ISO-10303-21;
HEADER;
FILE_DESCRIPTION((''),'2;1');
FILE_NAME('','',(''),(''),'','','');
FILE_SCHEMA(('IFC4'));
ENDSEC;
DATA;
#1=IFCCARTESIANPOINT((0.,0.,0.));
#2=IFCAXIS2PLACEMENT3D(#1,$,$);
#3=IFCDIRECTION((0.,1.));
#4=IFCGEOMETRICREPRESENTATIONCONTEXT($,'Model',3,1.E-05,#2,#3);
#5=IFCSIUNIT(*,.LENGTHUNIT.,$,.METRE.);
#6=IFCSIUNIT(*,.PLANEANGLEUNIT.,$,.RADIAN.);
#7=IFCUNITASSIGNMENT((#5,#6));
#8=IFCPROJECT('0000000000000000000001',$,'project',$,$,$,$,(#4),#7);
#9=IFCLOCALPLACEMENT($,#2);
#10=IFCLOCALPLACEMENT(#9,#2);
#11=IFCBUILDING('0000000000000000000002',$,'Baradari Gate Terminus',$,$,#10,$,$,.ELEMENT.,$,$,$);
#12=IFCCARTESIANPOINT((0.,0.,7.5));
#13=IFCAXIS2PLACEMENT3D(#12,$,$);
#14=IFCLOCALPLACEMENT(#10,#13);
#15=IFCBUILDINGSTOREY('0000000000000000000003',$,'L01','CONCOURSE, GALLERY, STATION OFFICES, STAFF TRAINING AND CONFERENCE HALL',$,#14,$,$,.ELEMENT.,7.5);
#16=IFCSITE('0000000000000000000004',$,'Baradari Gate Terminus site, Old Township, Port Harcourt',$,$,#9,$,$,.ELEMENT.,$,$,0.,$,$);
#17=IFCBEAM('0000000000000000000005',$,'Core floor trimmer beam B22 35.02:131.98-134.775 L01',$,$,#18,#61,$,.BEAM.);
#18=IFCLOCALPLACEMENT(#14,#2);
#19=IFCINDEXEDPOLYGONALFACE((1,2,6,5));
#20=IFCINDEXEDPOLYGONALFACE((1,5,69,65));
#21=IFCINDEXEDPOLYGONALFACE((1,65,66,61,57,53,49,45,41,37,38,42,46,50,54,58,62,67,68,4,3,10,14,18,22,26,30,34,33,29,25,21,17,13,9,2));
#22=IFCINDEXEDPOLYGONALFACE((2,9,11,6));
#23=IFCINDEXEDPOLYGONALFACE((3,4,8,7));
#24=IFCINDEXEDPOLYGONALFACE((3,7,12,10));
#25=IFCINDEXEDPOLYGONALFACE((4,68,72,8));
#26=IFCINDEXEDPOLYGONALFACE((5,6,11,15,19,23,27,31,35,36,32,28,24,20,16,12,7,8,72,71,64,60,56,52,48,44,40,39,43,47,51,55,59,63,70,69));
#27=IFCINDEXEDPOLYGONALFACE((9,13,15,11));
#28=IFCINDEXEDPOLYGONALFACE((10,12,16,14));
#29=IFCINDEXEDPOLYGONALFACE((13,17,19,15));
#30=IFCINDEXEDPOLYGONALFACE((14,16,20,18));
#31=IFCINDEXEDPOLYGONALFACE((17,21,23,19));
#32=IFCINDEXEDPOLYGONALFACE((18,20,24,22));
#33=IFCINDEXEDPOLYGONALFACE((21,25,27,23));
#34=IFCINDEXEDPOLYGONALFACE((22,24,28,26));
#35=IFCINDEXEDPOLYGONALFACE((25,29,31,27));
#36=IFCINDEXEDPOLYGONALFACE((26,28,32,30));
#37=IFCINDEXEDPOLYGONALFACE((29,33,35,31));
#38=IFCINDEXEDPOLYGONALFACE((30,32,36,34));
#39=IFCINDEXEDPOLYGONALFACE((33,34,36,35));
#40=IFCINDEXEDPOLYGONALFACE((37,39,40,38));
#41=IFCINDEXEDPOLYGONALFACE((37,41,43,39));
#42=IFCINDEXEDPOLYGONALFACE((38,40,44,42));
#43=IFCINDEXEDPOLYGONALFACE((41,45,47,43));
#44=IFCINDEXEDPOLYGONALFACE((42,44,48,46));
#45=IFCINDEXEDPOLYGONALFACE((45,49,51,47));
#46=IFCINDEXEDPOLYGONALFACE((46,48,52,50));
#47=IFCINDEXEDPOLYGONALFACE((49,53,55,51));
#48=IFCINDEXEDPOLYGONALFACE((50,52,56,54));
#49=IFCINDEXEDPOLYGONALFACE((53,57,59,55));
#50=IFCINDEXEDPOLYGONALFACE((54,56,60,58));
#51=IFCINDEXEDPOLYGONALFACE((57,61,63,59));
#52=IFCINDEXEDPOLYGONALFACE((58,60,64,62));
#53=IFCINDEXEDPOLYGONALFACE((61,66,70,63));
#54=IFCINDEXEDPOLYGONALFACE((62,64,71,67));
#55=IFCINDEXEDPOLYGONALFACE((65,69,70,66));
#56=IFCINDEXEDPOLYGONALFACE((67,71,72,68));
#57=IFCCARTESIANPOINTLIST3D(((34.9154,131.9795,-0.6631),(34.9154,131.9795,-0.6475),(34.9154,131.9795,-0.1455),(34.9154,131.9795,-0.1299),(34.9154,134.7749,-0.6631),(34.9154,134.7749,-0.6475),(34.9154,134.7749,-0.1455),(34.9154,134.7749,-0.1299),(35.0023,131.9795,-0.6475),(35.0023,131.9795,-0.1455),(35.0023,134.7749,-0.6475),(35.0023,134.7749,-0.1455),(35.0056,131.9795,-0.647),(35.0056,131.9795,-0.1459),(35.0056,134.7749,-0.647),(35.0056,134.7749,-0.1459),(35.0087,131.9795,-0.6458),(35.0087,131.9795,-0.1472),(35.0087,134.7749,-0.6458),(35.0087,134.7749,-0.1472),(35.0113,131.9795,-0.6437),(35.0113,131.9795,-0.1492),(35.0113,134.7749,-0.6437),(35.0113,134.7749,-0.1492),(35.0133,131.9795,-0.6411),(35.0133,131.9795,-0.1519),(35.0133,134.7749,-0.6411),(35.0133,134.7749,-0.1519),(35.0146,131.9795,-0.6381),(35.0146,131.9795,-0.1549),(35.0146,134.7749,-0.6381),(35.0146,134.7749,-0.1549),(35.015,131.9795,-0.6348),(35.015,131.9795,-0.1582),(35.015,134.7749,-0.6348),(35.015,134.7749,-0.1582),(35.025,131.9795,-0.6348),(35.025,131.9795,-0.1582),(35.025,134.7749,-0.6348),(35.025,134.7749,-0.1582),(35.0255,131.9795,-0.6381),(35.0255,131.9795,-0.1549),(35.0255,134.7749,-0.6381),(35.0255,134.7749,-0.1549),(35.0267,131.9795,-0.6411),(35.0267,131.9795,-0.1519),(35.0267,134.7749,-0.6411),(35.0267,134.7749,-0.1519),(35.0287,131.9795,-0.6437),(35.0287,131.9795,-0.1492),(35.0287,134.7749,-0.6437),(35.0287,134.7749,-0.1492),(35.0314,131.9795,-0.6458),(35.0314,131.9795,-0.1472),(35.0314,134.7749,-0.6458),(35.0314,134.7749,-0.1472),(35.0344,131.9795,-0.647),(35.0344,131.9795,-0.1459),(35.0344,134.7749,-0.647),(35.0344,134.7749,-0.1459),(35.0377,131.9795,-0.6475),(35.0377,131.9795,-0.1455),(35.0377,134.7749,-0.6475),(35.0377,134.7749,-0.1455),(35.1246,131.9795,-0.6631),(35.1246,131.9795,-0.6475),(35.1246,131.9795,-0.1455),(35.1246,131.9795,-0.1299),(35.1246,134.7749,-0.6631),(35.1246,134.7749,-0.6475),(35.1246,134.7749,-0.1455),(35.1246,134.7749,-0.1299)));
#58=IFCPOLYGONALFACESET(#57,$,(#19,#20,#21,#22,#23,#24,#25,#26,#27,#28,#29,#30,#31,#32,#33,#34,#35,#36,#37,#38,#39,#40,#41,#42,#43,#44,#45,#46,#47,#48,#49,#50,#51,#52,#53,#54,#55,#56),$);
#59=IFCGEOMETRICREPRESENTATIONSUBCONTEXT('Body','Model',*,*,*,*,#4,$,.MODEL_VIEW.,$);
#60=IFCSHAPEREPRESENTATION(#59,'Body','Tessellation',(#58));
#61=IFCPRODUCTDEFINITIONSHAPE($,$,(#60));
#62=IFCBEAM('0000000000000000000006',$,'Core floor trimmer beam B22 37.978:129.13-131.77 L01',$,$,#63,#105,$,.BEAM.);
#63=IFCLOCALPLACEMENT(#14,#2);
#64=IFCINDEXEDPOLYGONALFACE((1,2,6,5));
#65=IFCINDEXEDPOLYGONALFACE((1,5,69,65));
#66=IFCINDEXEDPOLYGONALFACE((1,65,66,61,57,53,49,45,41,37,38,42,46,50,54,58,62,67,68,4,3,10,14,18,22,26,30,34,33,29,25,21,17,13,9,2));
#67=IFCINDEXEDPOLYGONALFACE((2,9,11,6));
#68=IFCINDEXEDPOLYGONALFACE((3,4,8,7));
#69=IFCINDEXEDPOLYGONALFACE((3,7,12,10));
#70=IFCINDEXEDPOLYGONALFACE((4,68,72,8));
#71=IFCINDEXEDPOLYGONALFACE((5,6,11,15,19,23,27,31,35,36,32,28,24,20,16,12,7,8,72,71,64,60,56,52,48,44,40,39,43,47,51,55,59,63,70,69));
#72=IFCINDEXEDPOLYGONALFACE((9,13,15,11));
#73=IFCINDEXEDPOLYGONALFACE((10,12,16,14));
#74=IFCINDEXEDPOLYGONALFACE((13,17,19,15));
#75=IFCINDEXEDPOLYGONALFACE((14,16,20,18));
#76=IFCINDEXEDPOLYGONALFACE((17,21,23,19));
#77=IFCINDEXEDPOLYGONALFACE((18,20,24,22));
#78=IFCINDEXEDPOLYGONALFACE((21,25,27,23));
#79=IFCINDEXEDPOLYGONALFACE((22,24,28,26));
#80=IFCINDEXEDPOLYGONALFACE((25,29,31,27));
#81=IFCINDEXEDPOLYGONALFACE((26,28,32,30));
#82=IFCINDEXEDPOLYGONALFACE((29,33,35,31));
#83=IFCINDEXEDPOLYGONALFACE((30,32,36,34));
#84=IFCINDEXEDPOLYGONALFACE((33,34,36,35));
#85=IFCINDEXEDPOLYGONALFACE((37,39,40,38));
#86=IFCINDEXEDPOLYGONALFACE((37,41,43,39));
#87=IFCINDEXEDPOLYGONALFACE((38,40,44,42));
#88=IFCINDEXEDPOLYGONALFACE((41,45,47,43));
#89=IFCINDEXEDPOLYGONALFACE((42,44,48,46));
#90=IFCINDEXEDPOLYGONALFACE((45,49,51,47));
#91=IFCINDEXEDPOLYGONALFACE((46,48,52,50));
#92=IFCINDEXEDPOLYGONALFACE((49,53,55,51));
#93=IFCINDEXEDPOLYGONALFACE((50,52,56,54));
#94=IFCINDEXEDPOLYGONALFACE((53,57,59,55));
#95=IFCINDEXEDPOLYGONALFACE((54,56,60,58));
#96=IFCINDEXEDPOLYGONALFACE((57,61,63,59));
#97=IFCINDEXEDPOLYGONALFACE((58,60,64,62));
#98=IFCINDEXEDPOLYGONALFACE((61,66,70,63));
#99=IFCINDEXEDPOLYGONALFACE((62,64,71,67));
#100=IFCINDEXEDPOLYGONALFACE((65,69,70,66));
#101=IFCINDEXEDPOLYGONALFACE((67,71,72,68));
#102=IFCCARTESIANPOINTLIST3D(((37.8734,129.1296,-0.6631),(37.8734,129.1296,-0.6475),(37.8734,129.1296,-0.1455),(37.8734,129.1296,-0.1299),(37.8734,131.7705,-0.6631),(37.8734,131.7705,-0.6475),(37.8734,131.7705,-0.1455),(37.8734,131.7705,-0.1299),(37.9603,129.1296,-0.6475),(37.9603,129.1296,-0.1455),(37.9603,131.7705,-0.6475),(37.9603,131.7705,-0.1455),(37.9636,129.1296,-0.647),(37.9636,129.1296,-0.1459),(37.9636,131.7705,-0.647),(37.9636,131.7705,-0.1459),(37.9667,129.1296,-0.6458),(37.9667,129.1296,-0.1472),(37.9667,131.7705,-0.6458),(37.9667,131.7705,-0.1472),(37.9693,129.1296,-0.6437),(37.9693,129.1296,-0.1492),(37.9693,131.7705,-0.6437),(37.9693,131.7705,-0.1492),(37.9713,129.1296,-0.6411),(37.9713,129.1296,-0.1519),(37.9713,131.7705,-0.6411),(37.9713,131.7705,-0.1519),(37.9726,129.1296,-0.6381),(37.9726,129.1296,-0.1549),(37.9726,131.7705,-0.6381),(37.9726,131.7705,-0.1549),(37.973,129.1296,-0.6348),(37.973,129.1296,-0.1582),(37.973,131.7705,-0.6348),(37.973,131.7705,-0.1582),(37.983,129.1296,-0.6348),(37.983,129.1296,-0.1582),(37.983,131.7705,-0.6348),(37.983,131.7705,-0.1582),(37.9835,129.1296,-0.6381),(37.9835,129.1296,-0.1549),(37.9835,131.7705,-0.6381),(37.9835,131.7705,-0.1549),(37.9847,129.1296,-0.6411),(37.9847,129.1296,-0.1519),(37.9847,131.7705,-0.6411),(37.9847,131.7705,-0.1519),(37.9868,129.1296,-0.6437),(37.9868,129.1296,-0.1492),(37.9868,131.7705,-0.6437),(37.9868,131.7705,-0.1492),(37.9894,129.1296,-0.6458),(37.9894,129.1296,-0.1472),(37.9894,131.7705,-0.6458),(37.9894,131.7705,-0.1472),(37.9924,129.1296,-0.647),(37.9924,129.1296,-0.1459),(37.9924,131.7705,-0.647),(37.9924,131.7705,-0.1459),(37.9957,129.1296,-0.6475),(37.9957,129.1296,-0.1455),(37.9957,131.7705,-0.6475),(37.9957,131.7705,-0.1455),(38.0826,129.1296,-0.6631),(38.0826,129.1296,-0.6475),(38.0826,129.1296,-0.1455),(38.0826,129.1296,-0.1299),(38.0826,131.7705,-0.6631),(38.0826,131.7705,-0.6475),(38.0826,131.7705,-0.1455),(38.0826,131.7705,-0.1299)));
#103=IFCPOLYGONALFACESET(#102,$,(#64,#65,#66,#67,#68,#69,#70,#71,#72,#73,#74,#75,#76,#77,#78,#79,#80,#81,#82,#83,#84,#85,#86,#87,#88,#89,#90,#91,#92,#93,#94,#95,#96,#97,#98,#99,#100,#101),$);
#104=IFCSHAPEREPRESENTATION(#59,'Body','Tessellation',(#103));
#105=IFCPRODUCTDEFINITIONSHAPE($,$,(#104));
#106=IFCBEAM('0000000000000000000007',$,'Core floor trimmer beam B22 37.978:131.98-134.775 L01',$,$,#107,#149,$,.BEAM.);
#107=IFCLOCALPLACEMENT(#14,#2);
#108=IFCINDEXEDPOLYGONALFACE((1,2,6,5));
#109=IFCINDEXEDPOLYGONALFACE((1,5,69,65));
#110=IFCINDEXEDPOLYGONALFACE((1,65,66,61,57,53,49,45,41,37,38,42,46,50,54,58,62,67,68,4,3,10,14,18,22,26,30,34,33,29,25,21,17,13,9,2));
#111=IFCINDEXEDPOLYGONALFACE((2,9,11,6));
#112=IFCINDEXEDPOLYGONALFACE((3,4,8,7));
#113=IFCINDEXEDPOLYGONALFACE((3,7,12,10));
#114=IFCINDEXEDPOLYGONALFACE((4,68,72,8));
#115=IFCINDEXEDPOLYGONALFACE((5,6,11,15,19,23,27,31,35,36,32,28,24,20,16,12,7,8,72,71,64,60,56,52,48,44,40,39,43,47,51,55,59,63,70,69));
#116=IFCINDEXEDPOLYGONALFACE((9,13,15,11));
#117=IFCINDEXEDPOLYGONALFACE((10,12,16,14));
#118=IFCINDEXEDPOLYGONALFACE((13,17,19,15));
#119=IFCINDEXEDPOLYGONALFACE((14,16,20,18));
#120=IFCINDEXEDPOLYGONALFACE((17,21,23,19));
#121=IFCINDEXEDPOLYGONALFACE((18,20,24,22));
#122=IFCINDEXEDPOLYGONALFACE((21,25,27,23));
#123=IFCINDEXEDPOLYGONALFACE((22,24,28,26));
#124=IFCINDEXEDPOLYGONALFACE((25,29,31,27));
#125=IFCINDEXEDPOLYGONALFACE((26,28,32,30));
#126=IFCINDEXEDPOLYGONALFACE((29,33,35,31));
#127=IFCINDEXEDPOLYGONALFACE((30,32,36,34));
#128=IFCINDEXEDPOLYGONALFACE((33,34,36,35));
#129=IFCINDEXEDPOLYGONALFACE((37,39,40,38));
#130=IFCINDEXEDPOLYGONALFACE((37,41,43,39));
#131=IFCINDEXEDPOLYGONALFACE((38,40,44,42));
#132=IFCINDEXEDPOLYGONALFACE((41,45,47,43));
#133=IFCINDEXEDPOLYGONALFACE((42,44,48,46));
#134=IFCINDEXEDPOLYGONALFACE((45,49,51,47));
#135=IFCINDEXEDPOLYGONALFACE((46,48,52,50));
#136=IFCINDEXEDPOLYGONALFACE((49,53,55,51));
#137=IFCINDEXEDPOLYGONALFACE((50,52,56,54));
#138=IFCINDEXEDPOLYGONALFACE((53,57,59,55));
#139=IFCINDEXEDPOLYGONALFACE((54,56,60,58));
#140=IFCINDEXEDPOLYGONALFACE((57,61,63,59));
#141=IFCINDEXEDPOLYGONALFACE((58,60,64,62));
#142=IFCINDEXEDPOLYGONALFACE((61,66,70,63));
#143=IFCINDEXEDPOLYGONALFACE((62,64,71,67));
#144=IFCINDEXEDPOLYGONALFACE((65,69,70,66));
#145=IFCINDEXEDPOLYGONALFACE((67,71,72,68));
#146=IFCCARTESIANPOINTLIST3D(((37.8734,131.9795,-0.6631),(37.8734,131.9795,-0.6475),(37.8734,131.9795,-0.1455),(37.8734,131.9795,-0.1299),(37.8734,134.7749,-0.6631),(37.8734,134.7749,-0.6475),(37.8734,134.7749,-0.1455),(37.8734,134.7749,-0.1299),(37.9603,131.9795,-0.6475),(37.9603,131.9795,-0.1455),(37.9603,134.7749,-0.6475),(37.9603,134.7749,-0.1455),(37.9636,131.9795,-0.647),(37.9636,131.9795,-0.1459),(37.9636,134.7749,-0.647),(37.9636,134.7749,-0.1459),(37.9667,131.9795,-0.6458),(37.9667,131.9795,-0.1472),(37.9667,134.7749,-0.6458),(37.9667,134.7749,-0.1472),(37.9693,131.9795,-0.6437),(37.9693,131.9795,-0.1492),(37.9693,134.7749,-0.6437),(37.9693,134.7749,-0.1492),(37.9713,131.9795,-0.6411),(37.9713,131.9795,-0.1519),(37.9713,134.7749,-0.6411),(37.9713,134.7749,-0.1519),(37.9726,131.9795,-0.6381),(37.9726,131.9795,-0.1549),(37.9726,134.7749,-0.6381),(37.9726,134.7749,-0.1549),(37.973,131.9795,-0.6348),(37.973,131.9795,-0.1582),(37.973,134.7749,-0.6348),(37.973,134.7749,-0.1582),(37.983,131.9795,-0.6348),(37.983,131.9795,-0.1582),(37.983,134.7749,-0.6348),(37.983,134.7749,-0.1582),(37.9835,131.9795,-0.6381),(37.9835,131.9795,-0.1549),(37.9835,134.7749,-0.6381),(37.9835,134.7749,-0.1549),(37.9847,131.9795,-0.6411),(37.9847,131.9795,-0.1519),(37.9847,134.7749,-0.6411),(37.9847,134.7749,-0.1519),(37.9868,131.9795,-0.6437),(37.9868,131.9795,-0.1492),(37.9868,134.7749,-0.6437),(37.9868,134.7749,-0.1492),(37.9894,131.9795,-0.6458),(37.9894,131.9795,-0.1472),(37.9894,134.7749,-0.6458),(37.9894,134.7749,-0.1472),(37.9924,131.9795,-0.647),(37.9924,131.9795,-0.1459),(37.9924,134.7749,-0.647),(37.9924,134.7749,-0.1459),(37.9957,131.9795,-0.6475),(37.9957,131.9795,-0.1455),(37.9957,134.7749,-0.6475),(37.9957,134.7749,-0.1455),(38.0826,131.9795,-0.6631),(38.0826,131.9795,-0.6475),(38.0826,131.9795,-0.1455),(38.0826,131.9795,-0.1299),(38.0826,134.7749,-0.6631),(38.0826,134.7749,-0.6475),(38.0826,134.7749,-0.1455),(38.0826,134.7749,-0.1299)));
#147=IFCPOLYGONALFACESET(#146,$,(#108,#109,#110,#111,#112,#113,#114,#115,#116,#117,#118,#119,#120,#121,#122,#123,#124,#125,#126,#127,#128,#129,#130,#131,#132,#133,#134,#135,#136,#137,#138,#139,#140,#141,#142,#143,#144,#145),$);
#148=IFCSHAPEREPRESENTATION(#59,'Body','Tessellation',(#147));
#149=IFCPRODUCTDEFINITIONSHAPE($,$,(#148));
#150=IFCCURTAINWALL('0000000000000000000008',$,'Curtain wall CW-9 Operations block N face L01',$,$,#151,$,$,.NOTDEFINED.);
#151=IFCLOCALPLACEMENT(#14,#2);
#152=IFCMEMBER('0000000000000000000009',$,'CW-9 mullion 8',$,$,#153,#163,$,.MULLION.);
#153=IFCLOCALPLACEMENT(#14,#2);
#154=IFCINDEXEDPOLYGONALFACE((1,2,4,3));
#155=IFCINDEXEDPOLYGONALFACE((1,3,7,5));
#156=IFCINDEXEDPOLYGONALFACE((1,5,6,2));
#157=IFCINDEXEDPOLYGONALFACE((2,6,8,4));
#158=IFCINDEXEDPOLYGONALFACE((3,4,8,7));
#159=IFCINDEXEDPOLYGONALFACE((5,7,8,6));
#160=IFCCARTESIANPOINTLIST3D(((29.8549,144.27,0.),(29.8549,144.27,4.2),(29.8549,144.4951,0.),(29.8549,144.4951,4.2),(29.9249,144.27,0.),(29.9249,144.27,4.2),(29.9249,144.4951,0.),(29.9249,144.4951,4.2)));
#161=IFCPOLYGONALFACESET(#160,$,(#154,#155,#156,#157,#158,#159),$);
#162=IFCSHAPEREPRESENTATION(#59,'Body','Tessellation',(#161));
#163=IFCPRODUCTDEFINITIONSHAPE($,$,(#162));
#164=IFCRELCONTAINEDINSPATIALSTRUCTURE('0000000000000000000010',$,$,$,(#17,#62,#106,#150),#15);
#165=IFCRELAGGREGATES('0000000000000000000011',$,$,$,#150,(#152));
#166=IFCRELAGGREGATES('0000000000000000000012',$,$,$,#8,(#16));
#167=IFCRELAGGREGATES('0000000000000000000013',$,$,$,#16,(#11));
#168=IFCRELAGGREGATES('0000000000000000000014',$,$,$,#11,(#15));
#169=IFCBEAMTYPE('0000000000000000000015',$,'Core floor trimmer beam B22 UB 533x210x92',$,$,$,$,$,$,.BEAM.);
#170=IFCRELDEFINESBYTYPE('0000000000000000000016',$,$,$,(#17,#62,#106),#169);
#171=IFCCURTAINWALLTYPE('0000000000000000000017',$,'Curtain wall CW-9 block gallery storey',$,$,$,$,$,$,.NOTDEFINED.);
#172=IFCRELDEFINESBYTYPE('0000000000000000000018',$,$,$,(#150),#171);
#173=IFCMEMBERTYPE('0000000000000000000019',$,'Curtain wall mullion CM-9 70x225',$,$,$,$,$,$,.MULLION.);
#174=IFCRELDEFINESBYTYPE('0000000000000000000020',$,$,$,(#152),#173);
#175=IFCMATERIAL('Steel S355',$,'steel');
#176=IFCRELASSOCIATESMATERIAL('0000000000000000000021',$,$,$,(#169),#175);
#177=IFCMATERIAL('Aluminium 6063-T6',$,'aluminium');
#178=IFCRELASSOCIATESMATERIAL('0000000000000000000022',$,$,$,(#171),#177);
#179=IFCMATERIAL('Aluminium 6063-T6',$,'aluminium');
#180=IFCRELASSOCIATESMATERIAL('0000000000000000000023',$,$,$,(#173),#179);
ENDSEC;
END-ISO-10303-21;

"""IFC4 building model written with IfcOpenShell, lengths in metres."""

from ifc_helpers import new_model, si_unit, direction, frame, origin, origin_2d, place, context, subcontext, project, spatial, rectangle, i_section, extrude, material, material_profile, profile_set, type_object, element, aggregate, save


model = new_model("IFC4")

# Units and contexts
model_context = context("Model", 3, precision=1e-05, world=origin(), true_north=direction((0.0, 1.0)))
body_context = subcontext(model_context, "Body", "Model", "MODEL_VIEW")
ifc_project = project(units=[si_unit("LENGTHUNIT", "METRE"), si_unit("PLANEANGLEUNIT", "RADIAN")], contexts=[model_context])

# Site, building, storey
site_placement = place(None, origin())
site = spatial("IfcSite", under=ifc_project, at=site_placement, Name="Baradari Gate Terminus site, Old Township, Port Harcourt", CompositionType="ELEMENT", RefElevation=0.0)
building_placement = place(site_placement, origin())
building = spatial("IfcBuilding", under=site, at=building_placement, Name="Baradari Gate Terminus", CompositionType="ELEMENT")
storey_placement = place(building_placement, frame((0.0, 0.0, 7.5)))
storey = spatial("IfcBuildingStorey", under=building, at=storey_placement, Name="L01", Description="CONCOURSE, GALLERY, STATION OFFICES, STAFF TRAINING AND CONFERENCE HALL", CompositionType="ELEMENT", Elevation=7.5)

# Beams
ifc_material_1 = material(Name="Steel S355", Category="steel")
ifc_material_profile_1 = material_profile(ifc_material_1, i_section(OverallWidth=0.2092, OverallDepth=0.5332, WebThickness=0.01, FlangeThickness=0.0156, FilletRadius=0.0127, at=origin_2d()), Name="UB 533x210x92")
ifc_profile_set_1 = profile_set([ifc_material_profile_1], Name="Steel S355")
beam_type_1 = type_object("IfcBeamType", Name="Core floor trimmer beam B22 UB 533x210x92", PredefinedType="BEAM", material=ifc_profile_set_1)
beam_1_placement = place(storey_placement, frame((35.02, 131.9795, -0.3965), z_axis=(0.0, 1.0, 0.0), x_axis=(-1.0, 0.0, 0.0)))
element("IfcBeam", 1, at=beam_1_placement, inside=storey, type_object=beam_type_1, Name="Core floor trimmer beam B22 35.02:131.98-134.775 L01", PredefinedType="BEAM", context=body_context, shape_type="SweptSolid", body=[
    extrude(i_section(OverallWidth=0.2092, OverallDepth=0.5332, WebThickness=0.01, FlangeThickness=0.0156, FilletRadius=0.0127, at=origin_2d()), origin(), (0.0, 0.0, 1.0), 2.7954),
])
beam_2_placement = place(storey_placement, frame((37.978, 129.1296, -0.3965), z_axis=(0.0, 1.0, 0.0), x_axis=(-1.0, 0.0, 0.0)))
element("IfcBeam", 2, at=beam_2_placement, inside=storey, type_object=beam_type_1, Name="Core floor trimmer beam B22 37.978:129.13-131.77 L01", PredefinedType="BEAM", context=body_context, shape_type="SweptSolid", body=[
    extrude(i_section(OverallWidth=0.2092, OverallDepth=0.5332, WebThickness=0.01, FlangeThickness=0.0156, FilletRadius=0.0127, at=origin_2d()), origin(), (0.0, 0.0, 1.0), 2.6409),
])
beam_3_placement = place(storey_placement, frame((37.978, 131.9795, -0.3965), z_axis=(0.0, 1.0, 0.0), x_axis=(-1.0, 0.0, 0.0)))
element("IfcBeam", 3, at=beam_3_placement, inside=storey, type_object=beam_type_1, Name="Core floor trimmer beam B22 37.978:131.98-134.775 L01", PredefinedType="BEAM", context=body_context, shape_type="SweptSolid", body=[
    extrude(i_section(OverallWidth=0.2092, OverallDepth=0.5332, WebThickness=0.01, FlangeThickness=0.0156, FilletRadius=0.0127, at=origin_2d()), origin(), (0.0, 0.0, 1.0), 2.7954),
])

# Curtain wall, member
ifc_material_2 = material(Name="Aluminium 6063-T6", Category="aluminium")
curtain_wall_type = type_object("IfcCurtainWallType", Name="Curtain wall CW-9 block gallery storey", PredefinedType="NOTDEFINED", material=ifc_material_2)
curtain_wall_placement = place(storey_placement, origin())
curtain_wall = element("IfcCurtainWall", 4, at=curtain_wall_placement, inside=storey, type_object=curtain_wall_type, Name="Curtain wall CW-9 Operations block N face L01", PredefinedType="NOTDEFINED")
ifc_material_3 = material(Name="Aluminium 6063-T6", Category="aluminium")
ifc_material_profile_2 = material_profile(ifc_material_3, rectangle(XDim=0.2251, YDim=0.0701, at=origin_2d()), Name="CM-9 70X225")
ifc_profile_set_2 = profile_set([ifc_material_profile_2], Name="Aluminium 6063-T6")
member_type = type_object("IfcMemberType", Name="Curtain wall mullion CM-9 70x225", PredefinedType="MULLION", material=ifc_profile_set_2)
member_placement = place(storey_placement, frame((29.8899, 144.3826, 0.0), z_axis=(0.0, 0.0, 1.0), x_axis=(0.0, 1.0, 0.0)))
member = element("IfcMember", 5, at=member_placement, type_object=member_type, Name="CW-9 mullion 8", PredefinedType="MULLION", context=body_context, shape_type="SweptSolid", body=[
    extrude(rectangle(XDim=0.2251, YDim=0.0701, at=origin_2d()), origin(), (0.0, 0.0, 1.0), 4.2),
])
aggregate(curtain_wall, [member])

save(model, "model.ifc")
